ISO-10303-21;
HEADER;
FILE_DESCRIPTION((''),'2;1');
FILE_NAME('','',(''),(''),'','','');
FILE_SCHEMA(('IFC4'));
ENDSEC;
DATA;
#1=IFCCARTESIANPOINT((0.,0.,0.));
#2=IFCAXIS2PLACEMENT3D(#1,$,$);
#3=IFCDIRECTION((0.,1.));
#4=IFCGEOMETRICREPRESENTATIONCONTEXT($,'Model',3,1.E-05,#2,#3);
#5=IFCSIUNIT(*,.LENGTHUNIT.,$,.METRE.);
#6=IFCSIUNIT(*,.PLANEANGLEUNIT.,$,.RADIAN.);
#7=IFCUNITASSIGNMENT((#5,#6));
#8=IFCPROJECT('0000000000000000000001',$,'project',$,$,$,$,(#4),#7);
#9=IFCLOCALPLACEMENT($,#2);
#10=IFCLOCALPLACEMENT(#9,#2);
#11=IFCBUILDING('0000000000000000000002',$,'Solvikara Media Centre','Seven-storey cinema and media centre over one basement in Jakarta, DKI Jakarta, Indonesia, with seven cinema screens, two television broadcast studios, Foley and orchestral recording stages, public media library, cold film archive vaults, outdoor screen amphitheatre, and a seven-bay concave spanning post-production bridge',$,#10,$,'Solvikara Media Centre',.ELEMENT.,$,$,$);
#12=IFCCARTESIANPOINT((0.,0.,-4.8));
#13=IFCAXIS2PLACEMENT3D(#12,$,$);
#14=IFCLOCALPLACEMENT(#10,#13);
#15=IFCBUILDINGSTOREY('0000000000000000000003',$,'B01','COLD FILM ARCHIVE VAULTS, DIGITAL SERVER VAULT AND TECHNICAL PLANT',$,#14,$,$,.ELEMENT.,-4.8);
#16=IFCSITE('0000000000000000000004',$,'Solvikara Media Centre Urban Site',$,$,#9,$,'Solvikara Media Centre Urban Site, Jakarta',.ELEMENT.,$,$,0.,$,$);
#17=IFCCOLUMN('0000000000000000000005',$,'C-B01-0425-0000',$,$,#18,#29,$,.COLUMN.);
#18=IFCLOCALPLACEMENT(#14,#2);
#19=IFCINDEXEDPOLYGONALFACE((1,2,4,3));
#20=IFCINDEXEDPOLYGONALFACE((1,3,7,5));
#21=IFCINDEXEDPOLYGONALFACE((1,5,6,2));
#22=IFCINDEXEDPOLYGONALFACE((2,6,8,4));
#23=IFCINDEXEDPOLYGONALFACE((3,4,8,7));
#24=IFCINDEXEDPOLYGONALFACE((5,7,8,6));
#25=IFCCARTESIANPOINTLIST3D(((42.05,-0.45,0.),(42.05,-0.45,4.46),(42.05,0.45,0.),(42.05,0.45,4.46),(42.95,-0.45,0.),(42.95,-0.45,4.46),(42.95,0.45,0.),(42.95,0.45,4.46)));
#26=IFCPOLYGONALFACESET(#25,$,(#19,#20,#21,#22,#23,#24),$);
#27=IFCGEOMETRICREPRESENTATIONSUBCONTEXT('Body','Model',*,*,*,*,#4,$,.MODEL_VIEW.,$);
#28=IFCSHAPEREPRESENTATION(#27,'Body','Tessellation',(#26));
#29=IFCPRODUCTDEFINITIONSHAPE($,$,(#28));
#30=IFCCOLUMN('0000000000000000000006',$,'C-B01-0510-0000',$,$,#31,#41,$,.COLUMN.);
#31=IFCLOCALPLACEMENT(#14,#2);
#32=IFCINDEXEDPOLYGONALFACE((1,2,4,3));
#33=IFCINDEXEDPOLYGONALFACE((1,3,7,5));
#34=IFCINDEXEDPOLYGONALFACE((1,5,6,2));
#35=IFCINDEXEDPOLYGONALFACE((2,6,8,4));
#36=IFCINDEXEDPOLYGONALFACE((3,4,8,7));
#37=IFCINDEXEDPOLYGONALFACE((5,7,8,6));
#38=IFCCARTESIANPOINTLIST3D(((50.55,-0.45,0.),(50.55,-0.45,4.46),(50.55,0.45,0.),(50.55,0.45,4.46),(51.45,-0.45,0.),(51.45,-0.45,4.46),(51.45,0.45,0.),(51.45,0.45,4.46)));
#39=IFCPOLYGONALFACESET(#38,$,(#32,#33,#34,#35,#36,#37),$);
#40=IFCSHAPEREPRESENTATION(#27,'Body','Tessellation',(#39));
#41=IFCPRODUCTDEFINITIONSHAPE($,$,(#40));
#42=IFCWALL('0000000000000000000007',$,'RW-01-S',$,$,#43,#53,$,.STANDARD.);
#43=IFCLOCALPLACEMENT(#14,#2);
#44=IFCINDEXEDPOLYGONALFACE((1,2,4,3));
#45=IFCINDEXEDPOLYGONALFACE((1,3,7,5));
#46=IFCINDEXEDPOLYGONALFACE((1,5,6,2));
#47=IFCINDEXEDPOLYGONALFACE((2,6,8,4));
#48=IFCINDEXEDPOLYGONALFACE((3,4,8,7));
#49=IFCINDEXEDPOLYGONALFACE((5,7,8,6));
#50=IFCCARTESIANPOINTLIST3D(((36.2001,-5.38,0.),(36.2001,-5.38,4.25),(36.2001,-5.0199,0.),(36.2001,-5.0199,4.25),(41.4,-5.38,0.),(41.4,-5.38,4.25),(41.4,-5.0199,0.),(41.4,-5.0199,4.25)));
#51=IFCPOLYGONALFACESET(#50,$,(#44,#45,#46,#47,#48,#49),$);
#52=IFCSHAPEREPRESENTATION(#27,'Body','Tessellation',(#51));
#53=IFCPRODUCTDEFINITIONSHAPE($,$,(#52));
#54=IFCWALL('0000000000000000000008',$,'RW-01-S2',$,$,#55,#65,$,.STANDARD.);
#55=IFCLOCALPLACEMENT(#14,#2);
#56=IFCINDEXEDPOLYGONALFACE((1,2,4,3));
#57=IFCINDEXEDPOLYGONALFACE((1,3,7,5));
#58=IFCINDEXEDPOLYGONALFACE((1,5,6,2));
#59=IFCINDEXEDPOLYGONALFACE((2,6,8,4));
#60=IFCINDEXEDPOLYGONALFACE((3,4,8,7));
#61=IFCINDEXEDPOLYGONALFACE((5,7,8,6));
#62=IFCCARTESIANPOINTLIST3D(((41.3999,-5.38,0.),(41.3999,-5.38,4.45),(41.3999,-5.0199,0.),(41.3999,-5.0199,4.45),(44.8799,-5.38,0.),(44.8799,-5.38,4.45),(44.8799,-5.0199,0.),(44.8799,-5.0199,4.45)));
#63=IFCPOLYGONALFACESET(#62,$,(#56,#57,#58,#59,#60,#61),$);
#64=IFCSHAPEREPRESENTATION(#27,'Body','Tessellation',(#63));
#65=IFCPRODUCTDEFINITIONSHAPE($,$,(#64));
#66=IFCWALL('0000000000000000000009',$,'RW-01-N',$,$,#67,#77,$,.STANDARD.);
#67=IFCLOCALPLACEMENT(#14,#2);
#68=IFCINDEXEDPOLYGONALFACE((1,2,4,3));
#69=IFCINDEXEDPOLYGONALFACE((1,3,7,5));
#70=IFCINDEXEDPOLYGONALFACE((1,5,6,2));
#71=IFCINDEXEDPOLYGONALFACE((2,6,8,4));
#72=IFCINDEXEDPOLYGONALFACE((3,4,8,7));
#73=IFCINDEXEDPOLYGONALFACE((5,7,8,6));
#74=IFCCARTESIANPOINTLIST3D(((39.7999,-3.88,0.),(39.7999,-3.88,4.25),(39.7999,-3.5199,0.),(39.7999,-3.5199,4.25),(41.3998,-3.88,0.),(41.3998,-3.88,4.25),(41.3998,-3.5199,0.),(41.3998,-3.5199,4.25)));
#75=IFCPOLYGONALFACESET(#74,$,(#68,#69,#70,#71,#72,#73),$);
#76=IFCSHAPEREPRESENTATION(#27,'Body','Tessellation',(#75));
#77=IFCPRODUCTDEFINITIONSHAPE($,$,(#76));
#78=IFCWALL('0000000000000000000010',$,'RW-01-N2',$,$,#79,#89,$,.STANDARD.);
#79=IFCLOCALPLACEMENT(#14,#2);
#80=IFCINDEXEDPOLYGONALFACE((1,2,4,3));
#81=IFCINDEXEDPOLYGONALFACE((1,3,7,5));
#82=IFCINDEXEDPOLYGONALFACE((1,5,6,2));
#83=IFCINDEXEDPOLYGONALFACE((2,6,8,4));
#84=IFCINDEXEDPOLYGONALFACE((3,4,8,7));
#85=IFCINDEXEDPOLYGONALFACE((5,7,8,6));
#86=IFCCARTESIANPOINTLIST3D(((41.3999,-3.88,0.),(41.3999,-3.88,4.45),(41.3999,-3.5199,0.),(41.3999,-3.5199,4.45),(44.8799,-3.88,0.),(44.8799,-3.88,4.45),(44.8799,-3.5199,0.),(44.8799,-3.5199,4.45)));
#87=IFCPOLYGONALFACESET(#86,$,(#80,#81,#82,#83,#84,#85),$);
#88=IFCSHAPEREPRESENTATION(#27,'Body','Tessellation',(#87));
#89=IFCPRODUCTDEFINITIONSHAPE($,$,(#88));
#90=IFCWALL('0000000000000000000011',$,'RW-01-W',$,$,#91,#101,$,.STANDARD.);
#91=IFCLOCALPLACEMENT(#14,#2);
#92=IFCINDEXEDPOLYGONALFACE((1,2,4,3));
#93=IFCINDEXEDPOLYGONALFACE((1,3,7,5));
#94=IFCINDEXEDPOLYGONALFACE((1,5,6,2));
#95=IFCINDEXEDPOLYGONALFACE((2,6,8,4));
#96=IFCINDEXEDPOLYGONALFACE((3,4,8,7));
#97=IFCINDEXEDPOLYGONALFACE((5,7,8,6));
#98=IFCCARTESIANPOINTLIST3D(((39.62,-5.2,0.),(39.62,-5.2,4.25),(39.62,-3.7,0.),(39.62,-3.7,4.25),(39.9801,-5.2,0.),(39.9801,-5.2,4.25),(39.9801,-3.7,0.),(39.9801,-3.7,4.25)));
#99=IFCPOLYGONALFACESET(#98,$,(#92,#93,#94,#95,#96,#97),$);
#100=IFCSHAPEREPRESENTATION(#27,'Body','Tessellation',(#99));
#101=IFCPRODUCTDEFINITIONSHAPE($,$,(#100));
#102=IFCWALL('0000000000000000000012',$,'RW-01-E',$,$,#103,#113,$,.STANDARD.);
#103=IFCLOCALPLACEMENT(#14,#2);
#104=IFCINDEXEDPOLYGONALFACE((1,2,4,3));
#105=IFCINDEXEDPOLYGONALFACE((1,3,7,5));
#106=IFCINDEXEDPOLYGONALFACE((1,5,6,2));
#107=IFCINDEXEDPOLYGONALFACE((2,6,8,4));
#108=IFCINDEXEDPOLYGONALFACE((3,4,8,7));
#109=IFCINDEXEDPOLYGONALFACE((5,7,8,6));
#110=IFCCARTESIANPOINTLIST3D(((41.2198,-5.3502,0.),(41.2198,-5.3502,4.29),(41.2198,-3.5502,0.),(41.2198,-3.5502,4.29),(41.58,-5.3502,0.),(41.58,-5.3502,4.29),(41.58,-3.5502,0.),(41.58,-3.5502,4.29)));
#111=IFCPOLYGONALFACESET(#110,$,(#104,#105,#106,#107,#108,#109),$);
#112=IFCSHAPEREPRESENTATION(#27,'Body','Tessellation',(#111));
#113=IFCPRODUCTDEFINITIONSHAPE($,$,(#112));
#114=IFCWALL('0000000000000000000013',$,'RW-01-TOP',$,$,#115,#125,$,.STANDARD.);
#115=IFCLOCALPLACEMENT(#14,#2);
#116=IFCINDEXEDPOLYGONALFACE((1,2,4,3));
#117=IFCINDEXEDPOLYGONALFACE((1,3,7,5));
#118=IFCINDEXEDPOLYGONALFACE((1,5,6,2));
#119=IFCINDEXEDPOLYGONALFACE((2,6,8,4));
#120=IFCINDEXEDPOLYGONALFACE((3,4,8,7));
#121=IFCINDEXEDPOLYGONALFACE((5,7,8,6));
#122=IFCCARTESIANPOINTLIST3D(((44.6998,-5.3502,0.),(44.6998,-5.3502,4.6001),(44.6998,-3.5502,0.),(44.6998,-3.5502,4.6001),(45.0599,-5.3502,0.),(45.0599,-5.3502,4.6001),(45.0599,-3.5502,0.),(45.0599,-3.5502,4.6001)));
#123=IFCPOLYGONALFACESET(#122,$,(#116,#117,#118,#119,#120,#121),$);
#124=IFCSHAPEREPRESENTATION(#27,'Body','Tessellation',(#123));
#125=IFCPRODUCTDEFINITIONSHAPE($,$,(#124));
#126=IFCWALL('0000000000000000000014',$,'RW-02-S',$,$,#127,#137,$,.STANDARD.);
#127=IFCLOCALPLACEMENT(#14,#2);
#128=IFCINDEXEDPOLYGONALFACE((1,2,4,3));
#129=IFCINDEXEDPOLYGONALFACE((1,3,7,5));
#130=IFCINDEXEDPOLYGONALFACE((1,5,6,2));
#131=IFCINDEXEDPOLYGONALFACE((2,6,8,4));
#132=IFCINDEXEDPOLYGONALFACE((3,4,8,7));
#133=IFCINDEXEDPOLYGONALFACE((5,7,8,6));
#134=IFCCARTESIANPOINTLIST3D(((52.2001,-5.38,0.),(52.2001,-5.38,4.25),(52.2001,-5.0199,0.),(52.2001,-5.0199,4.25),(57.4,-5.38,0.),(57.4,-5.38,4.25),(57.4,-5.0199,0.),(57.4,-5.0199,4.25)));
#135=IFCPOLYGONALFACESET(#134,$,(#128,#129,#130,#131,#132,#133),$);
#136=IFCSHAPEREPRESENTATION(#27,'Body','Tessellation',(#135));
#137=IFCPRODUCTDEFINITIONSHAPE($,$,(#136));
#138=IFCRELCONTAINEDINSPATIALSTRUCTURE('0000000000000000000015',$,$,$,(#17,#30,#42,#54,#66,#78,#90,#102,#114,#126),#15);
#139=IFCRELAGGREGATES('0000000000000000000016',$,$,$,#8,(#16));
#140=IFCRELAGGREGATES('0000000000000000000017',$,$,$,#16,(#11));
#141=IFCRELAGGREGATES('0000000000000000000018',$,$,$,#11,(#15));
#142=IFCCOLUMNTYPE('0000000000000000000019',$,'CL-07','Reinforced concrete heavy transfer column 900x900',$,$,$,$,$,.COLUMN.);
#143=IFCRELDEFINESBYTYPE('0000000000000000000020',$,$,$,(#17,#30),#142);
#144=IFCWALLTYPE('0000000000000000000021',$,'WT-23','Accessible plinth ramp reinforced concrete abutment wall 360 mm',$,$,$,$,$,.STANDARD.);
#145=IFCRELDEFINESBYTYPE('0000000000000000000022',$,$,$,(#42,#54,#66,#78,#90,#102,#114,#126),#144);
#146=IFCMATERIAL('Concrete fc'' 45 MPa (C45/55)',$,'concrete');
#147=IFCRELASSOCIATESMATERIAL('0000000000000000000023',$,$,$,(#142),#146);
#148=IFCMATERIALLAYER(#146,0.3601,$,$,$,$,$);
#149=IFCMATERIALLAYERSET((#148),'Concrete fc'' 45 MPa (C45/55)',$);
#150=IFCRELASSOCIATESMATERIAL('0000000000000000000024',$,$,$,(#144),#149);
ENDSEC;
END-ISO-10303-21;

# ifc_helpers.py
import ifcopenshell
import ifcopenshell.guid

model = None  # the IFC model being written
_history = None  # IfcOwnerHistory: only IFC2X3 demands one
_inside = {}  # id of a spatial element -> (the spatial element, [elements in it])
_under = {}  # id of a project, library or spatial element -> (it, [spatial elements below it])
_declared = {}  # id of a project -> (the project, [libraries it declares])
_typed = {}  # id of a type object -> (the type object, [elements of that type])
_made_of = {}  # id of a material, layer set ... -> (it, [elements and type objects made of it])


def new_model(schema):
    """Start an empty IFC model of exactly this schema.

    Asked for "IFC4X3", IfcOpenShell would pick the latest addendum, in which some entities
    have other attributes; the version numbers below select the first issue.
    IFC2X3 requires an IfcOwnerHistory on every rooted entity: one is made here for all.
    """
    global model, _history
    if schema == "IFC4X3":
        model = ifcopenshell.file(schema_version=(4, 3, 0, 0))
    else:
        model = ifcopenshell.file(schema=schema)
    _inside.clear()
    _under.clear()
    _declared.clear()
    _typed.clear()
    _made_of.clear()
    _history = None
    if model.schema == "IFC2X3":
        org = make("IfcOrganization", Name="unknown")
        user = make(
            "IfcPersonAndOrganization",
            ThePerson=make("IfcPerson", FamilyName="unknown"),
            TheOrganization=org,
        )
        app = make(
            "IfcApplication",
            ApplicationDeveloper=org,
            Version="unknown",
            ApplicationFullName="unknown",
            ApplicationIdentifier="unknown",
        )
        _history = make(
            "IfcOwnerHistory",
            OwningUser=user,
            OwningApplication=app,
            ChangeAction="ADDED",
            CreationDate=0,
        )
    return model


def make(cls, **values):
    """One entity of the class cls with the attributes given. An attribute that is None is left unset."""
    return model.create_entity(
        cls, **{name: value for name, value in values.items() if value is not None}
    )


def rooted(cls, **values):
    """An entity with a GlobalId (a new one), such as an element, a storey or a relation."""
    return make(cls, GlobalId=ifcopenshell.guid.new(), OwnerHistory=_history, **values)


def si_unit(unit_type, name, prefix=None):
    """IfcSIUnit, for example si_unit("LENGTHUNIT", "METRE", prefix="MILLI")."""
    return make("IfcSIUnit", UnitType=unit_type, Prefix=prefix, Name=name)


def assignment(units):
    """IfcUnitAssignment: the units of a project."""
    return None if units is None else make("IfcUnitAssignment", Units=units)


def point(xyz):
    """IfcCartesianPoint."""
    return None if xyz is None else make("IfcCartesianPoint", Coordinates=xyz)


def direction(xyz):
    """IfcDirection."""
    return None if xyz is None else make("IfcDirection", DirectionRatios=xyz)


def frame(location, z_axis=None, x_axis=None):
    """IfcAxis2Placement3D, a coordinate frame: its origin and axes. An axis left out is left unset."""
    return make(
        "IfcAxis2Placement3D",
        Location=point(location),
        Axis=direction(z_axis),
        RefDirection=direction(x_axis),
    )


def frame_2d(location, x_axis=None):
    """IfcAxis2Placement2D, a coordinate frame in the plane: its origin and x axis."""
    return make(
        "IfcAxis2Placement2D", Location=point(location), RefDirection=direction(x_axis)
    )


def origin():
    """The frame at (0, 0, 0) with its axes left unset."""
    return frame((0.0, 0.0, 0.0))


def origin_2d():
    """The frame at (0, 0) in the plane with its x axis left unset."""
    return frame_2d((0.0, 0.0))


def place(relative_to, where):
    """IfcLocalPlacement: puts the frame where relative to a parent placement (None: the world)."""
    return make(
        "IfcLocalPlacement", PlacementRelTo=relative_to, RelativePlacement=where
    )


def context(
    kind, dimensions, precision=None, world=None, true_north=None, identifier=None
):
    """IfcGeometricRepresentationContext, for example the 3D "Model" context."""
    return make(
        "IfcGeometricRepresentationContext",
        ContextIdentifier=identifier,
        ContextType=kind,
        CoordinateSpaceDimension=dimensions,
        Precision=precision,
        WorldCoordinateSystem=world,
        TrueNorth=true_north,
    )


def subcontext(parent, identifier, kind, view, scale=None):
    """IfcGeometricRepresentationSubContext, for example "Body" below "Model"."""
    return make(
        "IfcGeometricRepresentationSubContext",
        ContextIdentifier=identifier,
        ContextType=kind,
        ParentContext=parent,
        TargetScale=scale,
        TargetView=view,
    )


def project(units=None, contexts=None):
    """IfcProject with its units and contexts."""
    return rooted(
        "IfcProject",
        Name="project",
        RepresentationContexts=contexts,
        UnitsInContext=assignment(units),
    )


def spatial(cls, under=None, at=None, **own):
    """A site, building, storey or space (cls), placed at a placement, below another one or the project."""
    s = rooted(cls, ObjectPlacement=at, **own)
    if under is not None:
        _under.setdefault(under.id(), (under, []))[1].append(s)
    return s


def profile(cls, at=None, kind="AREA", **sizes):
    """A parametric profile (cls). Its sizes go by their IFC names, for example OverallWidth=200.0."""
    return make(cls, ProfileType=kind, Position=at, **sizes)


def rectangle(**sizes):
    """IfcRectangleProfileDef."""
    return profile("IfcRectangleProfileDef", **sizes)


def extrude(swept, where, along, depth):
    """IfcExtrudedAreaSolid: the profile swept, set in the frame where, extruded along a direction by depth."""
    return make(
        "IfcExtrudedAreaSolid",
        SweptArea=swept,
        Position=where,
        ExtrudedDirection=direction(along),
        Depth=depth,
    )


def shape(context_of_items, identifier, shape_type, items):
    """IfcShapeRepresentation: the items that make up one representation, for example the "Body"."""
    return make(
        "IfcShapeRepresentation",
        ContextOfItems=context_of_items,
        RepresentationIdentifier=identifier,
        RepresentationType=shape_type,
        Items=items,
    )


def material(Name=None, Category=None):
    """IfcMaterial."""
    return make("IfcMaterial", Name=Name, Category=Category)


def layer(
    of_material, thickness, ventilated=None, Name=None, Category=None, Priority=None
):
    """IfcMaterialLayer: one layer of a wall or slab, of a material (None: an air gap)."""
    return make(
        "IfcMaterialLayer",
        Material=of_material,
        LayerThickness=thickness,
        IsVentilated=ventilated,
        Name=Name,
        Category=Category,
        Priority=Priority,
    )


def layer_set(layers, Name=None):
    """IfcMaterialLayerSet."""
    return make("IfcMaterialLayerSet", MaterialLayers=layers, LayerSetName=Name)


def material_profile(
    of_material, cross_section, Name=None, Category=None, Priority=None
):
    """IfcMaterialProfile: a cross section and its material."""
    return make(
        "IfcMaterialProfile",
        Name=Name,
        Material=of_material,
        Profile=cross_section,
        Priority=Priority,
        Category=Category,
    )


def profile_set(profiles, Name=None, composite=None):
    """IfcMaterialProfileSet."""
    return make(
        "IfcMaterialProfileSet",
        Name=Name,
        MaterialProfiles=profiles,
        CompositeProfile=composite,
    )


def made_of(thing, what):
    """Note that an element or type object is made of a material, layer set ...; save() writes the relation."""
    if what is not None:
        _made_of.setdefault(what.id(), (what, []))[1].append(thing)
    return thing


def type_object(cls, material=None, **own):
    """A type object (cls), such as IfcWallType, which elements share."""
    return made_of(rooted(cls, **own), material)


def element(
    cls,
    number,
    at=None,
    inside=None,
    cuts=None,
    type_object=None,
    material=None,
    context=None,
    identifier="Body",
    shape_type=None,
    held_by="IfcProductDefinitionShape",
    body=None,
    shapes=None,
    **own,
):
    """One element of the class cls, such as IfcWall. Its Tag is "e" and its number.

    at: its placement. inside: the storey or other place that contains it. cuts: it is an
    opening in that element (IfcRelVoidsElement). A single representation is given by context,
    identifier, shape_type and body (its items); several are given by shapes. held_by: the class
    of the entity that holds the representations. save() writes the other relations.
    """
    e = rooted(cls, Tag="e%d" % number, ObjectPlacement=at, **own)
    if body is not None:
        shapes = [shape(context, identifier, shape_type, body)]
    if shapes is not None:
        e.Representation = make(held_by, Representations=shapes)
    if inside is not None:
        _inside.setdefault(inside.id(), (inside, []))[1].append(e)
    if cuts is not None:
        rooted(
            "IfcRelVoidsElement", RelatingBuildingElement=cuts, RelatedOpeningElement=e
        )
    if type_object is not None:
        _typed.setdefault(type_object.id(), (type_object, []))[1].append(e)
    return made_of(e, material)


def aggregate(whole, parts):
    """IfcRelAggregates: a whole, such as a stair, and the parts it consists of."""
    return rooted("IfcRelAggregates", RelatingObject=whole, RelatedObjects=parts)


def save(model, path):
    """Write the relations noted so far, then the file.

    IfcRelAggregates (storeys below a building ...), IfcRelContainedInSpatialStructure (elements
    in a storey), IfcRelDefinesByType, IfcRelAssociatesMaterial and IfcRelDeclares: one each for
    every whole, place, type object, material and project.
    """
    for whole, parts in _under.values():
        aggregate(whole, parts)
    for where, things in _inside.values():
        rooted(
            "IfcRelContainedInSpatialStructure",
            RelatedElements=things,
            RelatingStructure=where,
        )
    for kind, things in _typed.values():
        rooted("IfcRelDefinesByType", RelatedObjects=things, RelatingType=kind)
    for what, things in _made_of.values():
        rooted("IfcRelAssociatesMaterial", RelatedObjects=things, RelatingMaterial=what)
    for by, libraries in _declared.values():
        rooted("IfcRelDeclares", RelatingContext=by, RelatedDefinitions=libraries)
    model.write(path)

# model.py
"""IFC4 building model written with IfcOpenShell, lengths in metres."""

from ifc_helpers import new_model, si_unit, direction, frame, frame_2d, origin, origin_2d, place, context, subcontext, project, spatial, rectangle, extrude, material, layer, layer_set, material_profile, profile_set, type_object, element, save


model = new_model("IFC4")

# Units and contexts
model_context = context("Model", 3, precision=1e-05, world=origin(), true_north=direction((0.0, 1.0)))
body_context = subcontext(model_context, "Body", "Model", "MODEL_VIEW")
ifc_project = project(units=[si_unit("LENGTHUNIT", "METRE"), si_unit("PLANEANGLEUNIT", "RADIAN")], contexts=[model_context])

# Site, building, storey
site_placement = place(None, origin())
site = spatial("IfcSite", under=ifc_project, at=site_placement, Name="Solvikara Media Centre Urban Site", LongName="Solvikara Media Centre Urban Site, Jakarta", CompositionType="ELEMENT", RefElevation=0.0)
building_placement = place(site_placement, origin())
building = spatial("IfcBuilding", under=site, at=building_placement, Name="Solvikara Media Centre", Description="Seven-storey cinema and media centre over one basement in Jakarta, DKI Jakarta, Indonesia, with seven cinema screens, two television broadcast studios, Foley and orchestral recording stages, public media library, cold film archive vaults, outdoor screen amphitheatre, and a seven-bay concave spanning post-production bridge", LongName="Solvikara Media Centre", CompositionType="ELEMENT")
storey_placement = place(building_placement, frame((0.0, 0.0, -4.8)))
storey = spatial("IfcBuildingStorey", under=building, at=storey_placement, Name="B01", Description="COLD FILM ARCHIVE VAULTS, DIGITAL SERVER VAULT AND TECHNICAL PLANT", CompositionType="ELEMENT", Elevation=-4.8)

# Columns
ifc_material_1 = material(Name="Concrete fc' 45 MPa (C45/55)", Category="concrete")
ifc_material_profile_1 = material_profile(ifc_material_1, rectangle(XDim=0.8999, YDim=0.8999, at=origin_2d()), Name="RC 900x900")
ifc_profile_set_1 = profile_set([ifc_material_profile_1], Name="Concrete fc' 45 MPa (C45/55)")
column_type = type_object("IfcColumnType", Name="CL-07", Description="Reinforced concrete heavy transfer column 900x900", PredefinedType="COLUMN", material=ifc_profile_set_1)
for number, where, z_axis, x_axis, name in (
    (1, (42.5, 0.0, 0.0), (0.0, 0.0, 1.0), (1.0, 0.0, 0.0), "C-B01-0425-0000"),
    (2, (51.0, 0.0, 0.0), (0.0, 0.0, 1.0), (1.0, 0.0, 0.0), "C-B01-0510-0000"),
):
    element("IfcColumn", number, at=place(storey_placement, frame(where, z_axis=z_axis, x_axis=x_axis)), inside=storey, type_object=column_type, Name=name, PredefinedType="COLUMN", context=body_context, shape_type="SweptSolid", body=[
        extrude(rectangle(XDim=0.8999, YDim=0.8999, at=origin_2d()), origin(), (0.0, 0.0, 1.0), 4.46),
    ])

# Walls
ifc_layer = layer(ifc_material_1, 0.3601)
ifc_layer_set = layer_set([ifc_layer], Name="Concrete fc' 45 MPa (C45/55)")
wall_type = type_object("IfcWallType", Name="WT-23", Description="Accessible plinth ramp reinforced concrete abutment wall 360 mm", PredefinedType="STANDARD", material=ifc_layer_set)
wall_1_placement = place(storey_placement, frame((36.2, -5.2, 0.0), z_axis=(0.0, 0.0, 1.0), x_axis=(1.0, 0.0, 0.0)))
element("IfcWall", 3, at=wall_1_placement, inside=storey, type_object=wall_type, Name="RW-01-S", PredefinedType="STANDARD", context=body_context, shape_type="SweptSolid", body=[
    extrude(rectangle(XDim=5.2, YDim=0.3601, at=frame_2d((2.6001, 0.0))), origin(), (0.0, 0.0, 1.0), 4.25),
])
wall_2_placement = place(storey_placement, frame((41.3999, -5.2, 0.0), z_axis=(0.0, 0.0, 1.0), x_axis=(1.0, 0.0, 0.0)))
element("IfcWall", 4, at=wall_2_placement, inside=storey, type_object=wall_type, Name="RW-01-S2", PredefinedType="STANDARD", context=body_context, shape_type="SweptSolid", body=[
    extrude(rectangle(XDim=3.48, YDim=0.3601, at=frame_2d((1.74, 0.0))), origin(), (0.0, 0.0, 1.0), 4.45),
])
wall_3_placement = place(storey_placement, frame((39.8, -3.7, 0.0), z_axis=(0.0, 0.0, 1.0), x_axis=(1.0, 0.0, 0.0)))
element("IfcWall", 5, at=wall_3_placement, inside=storey, type_object=wall_type, Name="RW-01-N", PredefinedType="STANDARD", context=body_context, shape_type="SweptSolid", body=[
    extrude(rectangle(XDim=1.5999, YDim=0.3601, at=frame_2d((0.7998, 0.0))), origin(), (0.0, 0.0, 1.0), 4.25),
])
wall_4_placement = place(storey_placement, frame((41.3999, -3.7, 0.0), z_axis=(0.0, 0.0, 1.0), x_axis=(1.0, 0.0, 0.0)))
element("IfcWall", 6, at=wall_4_placement, inside=storey, type_object=wall_type, Name="RW-01-N2", PredefinedType="STANDARD", context=body_context, shape_type="SweptSolid", body=[
    extrude(rectangle(XDim=3.48, YDim=0.3601, at=frame_2d((1.74, 0.0))), origin(), (0.0, 0.0, 1.0), 4.45),
])
wall_5_placement = place(storey_placement, frame((39.8, -5.2, 0.0), z_axis=(0.0, 0.0, 1.0), x_axis=(0.0, 1.0, 0.0)))
element("IfcWall", 7, at=wall_5_placement, inside=storey, type_object=wall_type, Name="RW-01-W", PredefinedType="STANDARD", context=body_context, shape_type="SweptSolid", body=[
    extrude(rectangle(XDim=1.5, YDim=0.3601, at=frame_2d((0.75, 0.0))), origin(), (0.0, 0.0, 1.0), 4.25),
])
wall_6_placement = place(storey_placement, frame((41.3999, -5.3501, 0.0), z_axis=(0.0, 0.0, 1.0), x_axis=(0.0, 1.0, 0.0)))
element("IfcWall", 8, at=wall_6_placement, inside=storey, type_object=wall_type, Name="RW-01-E", PredefinedType="STANDARD", context=body_context, shape_type="SweptSolid", body=[
    extrude(rectangle(XDim=1.8, YDim=0.3601, at=frame_2d((0.8999, 0.0))), origin(), (0.0, 0.0, 1.0), 4.29),
])
wall_7_placement = place(storey_placement, frame((44.8799, -5.3501, 0.0), z_axis=(0.0, 0.0, 1.0), x_axis=(0.0, 1.0, 0.0)))
element("IfcWall", 9, at=wall_7_placement, inside=storey, type_object=wall_type, Name="RW-01-TOP", PredefinedType="STANDARD", context=body_context, shape_type="SweptSolid", body=[
    extrude(rectangle(XDim=1.8, YDim=0.3601, at=frame_2d((0.8999, 0.0))), origin(), (0.0, 0.0, 1.0), 4.6001),
])
wall_8_placement = place(storey_placement, frame((52.2, -5.2, 0.0), z_axis=(0.0, 0.0, 1.0), x_axis=(1.0, 0.0, 0.0)))
element("IfcWall", 10, at=wall_8_placement, inside=storey, type_object=wall_type, Name="RW-02-S", PredefinedType="STANDARD", context=body_context, shape_type="SweptSolid", body=[
    extrude(rectangle(XDim=5.2, YDim=0.3601, at=frame_2d((2.6001, 0.0))), origin(), (0.0, 0.0, 1.0), 4.25),
])

save(model, "model.ifc")
